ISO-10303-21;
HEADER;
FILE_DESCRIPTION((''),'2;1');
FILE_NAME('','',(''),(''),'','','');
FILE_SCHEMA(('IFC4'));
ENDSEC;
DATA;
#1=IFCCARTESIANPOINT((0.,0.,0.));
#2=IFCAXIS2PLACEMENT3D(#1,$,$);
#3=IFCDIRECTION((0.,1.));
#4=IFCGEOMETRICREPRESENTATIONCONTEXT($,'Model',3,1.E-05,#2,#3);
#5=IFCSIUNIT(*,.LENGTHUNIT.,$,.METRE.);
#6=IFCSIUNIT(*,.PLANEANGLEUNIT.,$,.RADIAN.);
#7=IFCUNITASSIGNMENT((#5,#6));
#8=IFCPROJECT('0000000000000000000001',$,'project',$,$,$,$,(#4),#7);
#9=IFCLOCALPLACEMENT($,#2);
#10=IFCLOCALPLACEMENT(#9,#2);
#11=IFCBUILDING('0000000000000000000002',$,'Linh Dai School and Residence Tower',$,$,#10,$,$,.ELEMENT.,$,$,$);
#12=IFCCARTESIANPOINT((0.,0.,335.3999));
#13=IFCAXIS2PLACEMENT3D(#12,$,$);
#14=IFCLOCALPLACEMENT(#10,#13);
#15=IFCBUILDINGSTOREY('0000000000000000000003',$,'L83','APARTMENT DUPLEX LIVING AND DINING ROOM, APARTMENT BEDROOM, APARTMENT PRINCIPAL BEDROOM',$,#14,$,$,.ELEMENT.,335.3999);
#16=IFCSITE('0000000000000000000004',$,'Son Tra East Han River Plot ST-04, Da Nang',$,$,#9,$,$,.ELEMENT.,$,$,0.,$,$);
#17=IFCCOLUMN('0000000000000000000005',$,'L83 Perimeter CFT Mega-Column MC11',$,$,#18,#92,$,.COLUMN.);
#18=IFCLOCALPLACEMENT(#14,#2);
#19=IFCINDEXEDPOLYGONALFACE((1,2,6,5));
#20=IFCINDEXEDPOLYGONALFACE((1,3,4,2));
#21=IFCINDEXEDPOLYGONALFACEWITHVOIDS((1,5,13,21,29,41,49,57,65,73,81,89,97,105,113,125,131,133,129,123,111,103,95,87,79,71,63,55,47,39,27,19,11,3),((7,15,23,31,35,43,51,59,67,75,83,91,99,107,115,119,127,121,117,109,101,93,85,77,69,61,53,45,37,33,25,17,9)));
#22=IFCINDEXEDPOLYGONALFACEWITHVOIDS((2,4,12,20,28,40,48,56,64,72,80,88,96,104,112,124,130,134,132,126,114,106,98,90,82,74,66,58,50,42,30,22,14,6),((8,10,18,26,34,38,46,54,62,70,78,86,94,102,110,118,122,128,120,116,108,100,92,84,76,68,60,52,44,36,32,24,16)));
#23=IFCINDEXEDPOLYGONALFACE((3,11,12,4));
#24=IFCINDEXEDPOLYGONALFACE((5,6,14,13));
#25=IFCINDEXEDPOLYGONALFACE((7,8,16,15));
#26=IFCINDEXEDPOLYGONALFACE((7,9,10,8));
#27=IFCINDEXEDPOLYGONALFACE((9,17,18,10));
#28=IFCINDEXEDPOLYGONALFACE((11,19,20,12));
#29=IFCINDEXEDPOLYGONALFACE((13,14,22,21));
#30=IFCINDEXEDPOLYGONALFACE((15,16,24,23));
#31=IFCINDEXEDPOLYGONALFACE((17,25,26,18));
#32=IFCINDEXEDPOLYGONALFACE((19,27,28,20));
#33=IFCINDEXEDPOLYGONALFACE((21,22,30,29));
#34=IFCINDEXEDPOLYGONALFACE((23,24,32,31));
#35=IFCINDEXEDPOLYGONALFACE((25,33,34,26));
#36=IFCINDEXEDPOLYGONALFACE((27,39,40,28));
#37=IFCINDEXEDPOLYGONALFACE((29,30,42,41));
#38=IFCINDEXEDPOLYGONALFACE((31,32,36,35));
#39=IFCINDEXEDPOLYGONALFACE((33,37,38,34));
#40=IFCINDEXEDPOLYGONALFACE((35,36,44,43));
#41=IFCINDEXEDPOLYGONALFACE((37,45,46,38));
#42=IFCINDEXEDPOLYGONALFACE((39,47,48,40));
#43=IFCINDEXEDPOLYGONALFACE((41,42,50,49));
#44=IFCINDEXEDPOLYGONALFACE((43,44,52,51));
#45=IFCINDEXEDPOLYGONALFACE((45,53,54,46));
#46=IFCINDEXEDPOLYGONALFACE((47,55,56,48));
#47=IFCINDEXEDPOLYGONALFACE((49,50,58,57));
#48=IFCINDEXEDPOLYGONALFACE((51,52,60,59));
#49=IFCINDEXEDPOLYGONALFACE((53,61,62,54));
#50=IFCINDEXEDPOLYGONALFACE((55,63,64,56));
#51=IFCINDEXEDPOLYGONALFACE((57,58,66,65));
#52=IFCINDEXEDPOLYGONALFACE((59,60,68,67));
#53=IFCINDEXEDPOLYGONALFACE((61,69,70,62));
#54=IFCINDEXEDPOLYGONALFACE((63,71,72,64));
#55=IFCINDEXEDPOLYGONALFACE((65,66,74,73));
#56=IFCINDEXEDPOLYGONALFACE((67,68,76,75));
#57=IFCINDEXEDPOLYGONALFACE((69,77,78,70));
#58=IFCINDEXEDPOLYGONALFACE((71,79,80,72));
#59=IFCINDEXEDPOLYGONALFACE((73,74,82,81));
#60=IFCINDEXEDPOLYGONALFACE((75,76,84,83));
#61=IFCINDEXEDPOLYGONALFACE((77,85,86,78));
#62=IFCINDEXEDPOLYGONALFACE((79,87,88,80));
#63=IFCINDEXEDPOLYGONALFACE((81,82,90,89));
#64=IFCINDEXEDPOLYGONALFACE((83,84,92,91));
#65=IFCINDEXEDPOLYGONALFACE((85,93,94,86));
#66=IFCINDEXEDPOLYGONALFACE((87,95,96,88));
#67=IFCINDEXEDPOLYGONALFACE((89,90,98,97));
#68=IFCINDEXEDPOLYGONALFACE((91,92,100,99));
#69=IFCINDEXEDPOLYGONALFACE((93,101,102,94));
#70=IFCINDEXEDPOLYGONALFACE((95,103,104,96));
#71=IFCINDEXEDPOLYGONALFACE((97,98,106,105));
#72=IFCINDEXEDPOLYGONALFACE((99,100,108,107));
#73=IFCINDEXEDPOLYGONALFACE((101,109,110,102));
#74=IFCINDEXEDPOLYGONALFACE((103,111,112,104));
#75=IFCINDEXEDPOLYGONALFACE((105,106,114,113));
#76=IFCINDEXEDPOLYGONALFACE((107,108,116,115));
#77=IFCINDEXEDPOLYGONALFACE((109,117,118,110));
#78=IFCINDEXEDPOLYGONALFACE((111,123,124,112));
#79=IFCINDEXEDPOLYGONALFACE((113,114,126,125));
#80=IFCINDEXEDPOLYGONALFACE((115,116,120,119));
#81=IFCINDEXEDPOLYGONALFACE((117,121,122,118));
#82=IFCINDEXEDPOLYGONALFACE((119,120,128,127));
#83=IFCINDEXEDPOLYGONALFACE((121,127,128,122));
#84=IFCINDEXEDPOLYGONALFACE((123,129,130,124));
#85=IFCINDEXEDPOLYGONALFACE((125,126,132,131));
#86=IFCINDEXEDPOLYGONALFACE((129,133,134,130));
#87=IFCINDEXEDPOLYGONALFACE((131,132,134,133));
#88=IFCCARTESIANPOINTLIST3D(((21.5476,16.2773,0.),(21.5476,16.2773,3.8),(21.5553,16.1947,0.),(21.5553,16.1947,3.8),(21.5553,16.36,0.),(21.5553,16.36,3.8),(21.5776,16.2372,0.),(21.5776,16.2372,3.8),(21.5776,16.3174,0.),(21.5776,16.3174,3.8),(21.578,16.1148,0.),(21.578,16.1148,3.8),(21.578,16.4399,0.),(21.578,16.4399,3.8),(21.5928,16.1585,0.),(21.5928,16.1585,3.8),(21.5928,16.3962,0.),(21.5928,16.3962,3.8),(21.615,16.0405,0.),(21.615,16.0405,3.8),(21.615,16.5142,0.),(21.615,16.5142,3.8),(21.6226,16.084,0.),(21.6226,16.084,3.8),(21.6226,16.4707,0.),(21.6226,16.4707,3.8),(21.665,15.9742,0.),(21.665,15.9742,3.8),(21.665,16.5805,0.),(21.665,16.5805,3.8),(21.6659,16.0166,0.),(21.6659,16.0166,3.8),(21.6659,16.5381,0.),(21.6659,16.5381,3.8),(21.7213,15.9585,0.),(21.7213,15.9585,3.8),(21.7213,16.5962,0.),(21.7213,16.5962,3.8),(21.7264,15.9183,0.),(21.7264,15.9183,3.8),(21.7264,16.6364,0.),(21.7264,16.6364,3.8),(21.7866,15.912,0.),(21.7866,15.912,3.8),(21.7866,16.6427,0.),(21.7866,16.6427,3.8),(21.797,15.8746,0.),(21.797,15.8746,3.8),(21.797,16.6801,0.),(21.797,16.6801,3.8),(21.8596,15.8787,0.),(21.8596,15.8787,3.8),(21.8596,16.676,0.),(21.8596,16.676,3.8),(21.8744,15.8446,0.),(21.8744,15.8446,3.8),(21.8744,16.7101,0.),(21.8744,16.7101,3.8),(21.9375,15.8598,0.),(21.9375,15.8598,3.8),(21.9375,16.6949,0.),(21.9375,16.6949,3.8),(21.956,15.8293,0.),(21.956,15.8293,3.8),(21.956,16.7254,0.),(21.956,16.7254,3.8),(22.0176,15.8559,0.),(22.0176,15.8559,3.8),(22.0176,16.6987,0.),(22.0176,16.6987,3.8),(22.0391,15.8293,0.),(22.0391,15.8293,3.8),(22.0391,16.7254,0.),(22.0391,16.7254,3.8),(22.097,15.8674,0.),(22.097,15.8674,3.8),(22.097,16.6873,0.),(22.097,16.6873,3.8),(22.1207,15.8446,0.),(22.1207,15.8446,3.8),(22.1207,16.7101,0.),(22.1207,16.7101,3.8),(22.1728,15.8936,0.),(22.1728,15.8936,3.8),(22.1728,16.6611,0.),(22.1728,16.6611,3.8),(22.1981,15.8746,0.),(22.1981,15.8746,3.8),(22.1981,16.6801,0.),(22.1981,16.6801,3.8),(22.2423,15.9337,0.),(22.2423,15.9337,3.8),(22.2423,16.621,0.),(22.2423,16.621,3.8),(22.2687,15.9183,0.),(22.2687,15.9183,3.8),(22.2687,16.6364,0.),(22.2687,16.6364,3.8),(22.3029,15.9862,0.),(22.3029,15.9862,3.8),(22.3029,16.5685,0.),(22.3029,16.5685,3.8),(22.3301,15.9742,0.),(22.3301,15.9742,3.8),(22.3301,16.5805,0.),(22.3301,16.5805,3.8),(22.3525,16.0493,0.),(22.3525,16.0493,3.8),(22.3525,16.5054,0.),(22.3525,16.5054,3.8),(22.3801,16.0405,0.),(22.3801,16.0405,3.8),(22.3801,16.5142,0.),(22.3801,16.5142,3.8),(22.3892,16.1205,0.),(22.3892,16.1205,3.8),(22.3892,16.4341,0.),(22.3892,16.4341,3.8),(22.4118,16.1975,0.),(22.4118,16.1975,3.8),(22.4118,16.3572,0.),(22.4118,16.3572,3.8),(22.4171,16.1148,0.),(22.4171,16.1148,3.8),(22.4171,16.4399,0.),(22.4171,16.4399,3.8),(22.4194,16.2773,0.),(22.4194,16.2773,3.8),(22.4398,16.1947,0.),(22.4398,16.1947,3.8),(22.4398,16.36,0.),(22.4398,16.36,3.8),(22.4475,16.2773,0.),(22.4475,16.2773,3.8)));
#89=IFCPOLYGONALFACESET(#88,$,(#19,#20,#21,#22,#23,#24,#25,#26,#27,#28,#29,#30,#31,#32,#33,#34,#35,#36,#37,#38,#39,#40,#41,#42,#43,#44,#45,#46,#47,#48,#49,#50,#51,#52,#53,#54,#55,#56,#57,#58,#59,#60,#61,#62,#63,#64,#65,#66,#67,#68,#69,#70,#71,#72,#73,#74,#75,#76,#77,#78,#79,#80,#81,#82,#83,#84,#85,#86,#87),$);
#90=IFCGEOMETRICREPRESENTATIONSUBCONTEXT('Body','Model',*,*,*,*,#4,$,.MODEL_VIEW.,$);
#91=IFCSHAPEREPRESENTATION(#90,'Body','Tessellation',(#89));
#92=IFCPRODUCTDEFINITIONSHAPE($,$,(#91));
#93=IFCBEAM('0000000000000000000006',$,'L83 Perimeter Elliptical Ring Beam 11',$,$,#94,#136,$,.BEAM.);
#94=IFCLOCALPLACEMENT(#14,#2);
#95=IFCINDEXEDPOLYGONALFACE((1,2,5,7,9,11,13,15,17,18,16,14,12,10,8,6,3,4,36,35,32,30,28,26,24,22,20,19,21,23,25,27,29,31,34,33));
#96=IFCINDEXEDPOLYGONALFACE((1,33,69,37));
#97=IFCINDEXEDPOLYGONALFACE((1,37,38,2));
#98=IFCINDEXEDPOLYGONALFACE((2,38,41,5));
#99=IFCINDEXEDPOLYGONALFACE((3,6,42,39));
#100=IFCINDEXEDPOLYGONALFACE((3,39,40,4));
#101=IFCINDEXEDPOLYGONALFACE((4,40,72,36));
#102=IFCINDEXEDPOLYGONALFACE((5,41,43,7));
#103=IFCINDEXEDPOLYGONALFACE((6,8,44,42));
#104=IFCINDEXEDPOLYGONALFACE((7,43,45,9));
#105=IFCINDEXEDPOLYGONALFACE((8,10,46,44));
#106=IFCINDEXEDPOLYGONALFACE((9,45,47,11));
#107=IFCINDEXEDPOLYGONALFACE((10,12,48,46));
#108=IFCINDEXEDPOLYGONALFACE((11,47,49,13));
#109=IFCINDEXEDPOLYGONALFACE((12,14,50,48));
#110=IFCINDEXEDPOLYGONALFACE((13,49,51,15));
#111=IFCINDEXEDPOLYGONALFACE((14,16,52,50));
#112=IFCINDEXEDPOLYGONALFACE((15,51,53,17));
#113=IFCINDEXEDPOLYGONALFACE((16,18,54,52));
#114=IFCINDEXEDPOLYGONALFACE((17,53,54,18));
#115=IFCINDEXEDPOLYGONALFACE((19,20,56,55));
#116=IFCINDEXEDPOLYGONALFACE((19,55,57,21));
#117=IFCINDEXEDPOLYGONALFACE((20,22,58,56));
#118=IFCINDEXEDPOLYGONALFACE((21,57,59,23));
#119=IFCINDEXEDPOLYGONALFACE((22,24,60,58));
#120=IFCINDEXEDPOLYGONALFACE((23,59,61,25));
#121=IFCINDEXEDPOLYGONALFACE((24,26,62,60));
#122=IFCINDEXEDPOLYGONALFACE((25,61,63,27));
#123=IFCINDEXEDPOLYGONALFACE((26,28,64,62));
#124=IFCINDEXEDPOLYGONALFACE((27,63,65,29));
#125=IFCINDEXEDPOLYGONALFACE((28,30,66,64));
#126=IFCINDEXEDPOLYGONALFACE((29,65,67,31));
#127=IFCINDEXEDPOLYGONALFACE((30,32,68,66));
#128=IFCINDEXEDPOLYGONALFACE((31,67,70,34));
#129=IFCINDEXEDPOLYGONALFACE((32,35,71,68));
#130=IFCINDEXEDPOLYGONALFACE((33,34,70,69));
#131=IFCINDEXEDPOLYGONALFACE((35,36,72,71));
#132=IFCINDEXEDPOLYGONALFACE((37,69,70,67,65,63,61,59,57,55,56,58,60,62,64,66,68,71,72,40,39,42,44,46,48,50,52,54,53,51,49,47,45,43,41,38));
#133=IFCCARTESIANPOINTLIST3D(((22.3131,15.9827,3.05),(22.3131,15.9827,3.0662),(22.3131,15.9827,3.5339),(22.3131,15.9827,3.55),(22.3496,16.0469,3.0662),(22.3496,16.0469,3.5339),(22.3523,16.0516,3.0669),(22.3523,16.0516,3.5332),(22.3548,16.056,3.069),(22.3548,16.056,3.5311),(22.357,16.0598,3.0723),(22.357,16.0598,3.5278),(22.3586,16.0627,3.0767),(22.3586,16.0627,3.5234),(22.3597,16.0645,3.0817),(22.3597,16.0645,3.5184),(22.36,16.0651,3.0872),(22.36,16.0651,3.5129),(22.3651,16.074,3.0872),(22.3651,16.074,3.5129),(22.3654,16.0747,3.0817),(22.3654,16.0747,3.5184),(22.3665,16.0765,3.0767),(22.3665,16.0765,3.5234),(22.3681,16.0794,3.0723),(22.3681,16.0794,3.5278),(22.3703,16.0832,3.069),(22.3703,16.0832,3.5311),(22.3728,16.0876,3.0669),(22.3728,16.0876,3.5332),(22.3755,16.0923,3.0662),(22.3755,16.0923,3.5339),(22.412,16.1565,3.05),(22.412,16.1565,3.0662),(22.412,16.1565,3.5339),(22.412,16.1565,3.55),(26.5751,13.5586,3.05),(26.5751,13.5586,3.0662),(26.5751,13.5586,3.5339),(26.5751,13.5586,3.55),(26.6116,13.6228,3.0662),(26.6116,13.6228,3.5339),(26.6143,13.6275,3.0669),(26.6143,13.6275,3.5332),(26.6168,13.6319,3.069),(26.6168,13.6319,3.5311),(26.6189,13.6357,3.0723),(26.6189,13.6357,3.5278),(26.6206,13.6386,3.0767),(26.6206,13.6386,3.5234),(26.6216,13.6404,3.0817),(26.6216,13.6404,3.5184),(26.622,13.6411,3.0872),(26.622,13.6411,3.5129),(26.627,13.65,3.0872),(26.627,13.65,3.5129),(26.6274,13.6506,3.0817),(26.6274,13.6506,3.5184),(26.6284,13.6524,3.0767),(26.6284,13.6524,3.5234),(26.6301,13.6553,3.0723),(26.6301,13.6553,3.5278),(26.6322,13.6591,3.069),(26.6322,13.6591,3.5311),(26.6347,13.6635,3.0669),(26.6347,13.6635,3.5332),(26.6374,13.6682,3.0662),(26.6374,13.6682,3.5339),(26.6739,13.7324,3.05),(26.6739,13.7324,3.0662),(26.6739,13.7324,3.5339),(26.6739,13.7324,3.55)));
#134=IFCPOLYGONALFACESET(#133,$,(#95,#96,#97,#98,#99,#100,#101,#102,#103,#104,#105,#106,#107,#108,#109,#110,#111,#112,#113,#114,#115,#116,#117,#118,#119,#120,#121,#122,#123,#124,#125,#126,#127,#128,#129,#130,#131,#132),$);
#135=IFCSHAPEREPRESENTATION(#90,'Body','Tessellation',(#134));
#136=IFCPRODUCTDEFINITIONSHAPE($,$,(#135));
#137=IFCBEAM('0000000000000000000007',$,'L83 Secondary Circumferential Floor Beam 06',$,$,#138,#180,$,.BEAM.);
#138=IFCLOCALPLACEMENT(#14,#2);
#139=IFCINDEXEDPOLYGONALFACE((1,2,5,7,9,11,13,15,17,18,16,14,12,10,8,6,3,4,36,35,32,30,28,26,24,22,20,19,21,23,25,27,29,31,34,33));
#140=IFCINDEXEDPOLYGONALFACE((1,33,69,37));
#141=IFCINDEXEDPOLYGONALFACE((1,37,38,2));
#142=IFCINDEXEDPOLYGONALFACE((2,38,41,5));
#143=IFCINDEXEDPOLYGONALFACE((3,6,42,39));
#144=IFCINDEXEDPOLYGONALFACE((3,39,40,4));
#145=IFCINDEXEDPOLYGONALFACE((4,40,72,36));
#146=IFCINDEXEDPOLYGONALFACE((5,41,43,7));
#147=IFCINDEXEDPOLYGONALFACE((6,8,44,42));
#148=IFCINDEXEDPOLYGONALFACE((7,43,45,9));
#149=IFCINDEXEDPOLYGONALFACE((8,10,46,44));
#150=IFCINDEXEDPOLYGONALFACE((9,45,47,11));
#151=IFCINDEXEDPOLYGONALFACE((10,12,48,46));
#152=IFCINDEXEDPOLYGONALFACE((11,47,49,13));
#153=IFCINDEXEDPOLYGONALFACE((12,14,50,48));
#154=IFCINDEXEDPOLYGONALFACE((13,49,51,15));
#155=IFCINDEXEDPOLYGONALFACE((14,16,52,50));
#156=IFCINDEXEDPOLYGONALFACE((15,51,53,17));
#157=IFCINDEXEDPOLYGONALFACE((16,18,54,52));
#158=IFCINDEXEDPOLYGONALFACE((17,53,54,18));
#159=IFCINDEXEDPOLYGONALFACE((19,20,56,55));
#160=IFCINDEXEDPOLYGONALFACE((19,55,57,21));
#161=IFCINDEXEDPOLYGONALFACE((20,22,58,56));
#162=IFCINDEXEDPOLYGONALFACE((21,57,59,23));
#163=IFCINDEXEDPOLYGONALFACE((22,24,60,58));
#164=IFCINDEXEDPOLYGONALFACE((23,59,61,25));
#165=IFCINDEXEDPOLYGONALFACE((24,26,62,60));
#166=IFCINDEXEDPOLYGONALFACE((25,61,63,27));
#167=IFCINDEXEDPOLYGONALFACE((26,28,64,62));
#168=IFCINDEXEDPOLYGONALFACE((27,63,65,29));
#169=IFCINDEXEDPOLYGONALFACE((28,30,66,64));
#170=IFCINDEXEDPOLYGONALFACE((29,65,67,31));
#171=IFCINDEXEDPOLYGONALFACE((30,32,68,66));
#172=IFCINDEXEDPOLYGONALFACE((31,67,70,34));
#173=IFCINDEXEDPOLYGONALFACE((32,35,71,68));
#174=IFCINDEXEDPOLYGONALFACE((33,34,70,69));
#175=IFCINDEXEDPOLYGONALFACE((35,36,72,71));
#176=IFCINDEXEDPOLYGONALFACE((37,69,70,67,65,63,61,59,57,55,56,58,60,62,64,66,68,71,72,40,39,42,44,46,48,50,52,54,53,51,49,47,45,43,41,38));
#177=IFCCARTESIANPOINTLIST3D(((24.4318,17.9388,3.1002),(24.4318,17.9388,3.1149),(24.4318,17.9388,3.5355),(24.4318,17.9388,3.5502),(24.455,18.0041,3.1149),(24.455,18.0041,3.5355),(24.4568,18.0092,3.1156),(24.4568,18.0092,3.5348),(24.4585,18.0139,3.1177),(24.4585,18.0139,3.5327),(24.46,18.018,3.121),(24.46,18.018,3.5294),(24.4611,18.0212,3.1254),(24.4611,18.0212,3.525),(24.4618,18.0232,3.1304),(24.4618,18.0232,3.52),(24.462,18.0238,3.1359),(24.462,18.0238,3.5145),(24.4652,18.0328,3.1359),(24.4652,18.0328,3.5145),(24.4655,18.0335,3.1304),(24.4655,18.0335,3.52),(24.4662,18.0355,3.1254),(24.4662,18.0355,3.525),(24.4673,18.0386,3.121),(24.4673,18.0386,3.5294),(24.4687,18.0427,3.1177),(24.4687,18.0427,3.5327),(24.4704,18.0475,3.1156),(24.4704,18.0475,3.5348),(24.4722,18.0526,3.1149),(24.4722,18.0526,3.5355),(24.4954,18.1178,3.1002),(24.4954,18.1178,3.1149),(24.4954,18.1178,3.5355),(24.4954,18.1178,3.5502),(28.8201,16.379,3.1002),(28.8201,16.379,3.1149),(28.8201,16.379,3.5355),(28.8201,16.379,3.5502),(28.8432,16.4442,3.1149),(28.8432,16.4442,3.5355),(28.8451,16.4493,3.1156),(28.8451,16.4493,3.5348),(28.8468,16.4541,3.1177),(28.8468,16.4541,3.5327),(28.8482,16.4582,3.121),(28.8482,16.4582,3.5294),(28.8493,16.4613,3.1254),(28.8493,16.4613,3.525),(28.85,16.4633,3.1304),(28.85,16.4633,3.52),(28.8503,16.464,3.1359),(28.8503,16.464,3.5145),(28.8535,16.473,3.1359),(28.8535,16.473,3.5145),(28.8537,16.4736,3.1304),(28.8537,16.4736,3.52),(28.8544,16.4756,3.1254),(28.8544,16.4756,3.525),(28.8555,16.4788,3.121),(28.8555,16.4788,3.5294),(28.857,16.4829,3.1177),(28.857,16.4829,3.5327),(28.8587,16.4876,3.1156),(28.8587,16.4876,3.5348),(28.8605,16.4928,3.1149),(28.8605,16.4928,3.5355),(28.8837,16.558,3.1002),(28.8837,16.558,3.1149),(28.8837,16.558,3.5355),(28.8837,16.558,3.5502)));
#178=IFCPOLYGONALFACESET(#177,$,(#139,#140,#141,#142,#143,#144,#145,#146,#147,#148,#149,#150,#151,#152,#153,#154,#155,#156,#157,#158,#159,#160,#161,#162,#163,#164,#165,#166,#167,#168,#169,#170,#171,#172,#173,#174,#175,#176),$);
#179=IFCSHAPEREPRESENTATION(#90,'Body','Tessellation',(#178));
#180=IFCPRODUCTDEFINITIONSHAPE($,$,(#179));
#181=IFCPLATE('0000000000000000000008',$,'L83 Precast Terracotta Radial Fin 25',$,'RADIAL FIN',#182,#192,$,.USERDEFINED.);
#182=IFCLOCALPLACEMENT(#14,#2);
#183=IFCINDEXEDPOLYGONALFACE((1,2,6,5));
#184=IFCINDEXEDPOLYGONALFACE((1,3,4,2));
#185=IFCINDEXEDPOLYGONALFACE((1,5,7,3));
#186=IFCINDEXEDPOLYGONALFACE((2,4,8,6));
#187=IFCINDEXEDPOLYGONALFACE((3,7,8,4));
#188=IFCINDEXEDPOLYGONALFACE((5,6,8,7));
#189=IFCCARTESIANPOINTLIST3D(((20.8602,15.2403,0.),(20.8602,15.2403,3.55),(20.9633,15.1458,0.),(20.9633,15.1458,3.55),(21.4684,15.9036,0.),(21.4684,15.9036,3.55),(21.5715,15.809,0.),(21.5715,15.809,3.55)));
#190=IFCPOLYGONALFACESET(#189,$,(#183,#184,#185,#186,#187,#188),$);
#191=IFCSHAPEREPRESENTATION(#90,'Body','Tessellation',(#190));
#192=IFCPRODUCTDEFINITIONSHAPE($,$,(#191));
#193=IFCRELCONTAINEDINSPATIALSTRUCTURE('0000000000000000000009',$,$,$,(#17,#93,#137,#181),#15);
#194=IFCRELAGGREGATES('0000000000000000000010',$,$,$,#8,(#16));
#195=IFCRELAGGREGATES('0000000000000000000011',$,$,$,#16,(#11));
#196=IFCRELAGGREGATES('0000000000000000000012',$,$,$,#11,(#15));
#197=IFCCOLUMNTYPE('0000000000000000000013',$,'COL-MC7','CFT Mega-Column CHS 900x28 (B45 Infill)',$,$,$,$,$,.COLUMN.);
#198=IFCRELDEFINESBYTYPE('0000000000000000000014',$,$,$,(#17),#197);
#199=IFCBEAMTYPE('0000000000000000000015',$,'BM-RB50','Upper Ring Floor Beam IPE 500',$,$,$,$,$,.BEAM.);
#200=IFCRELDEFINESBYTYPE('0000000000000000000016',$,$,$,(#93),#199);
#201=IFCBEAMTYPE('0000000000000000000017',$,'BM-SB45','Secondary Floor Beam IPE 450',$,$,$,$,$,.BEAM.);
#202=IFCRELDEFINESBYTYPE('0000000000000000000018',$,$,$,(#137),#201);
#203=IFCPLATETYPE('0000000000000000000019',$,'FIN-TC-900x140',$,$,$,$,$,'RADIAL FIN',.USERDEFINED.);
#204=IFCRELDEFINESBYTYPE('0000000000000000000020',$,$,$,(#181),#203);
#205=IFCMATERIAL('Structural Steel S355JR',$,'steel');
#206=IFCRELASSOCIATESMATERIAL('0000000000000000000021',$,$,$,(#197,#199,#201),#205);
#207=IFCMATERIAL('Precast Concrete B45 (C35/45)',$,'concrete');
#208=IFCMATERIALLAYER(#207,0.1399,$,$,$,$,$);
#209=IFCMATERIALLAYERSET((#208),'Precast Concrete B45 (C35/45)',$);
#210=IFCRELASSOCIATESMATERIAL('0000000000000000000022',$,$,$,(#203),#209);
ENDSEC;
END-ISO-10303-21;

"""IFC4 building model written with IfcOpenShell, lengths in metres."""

from ifc_helpers import new_model, si_unit, direction, frame, origin, origin_2d, place, context, subcontext, project, spatial, rectangle, hollow_circle, i_section, extrude, source, transform, mapped, material, layer, layer_set, material_profile, profile_set, type_object, element, save


model = new_model("IFC4")

# Units and contexts
model_context = context("Model", 3, precision=1e-05, world=origin(), true_north=direction((0.0, 1.0)))
body_context = subcontext(model_context, "Body", "Model", "MODEL_VIEW")
ifc_project = project(units=[si_unit("LENGTHUNIT", "METRE"), si_unit("PLANEANGLEUNIT", "RADIAN")], contexts=[model_context])

# Site, building, storey
site_placement = place(None, origin())
site = spatial("IfcSite", under=ifc_project, at=site_placement, Name="Son Tra East Han River Plot ST-04, Da Nang", CompositionType="ELEMENT", RefElevation=0.0)
building_placement = place(site_placement, origin())
building = spatial("IfcBuilding", under=site, at=building_placement, Name="Linh Dai School and Residence Tower", CompositionType="ELEMENT")
storey_placement = place(building_placement, frame((0.0, 0.0, 335.3999)))
storey = spatial("IfcBuildingStorey", under=building, at=storey_placement, Name="L83", Description="APARTMENT DUPLEX LIVING AND DINING ROOM, APARTMENT BEDROOM, APARTMENT PRINCIPAL BEDROOM", CompositionType="ELEMENT", Elevation=335.3999)

# Column
ifc_material_1 = material(Name="Structural Steel S355JR", Category="steel")
ifc_material_profile_1 = material_profile(ifc_material_1, hollow_circle(Radius=0.45, WallThickness=0.0281, at=origin_2d()), Name="CHS 900x28")
ifc_profile_set_1 = profile_set([ifc_material_profile_1], Name="Structural Steel S355JR")
column_type = type_object("IfcColumnType", Name="COL-MC7", Description="CFT Mega-Column CHS 900x28 (B45 Infill)", PredefinedType="COLUMN", material=ifc_profile_set_1)
column_placement = place(storey_placement, frame((21.9976, 16.2773, 0.0), z_axis=(0.0, 0.0, 1.0), x_axis=(1.0, 0.0, 0.0)))
element("IfcColumn", 1, at=column_placement, inside=storey, type_object=column_type, Name="L83 Perimeter CFT Mega-Column MC11", PredefinedType="COLUMN", context=body_context, shape_type="SweptSolid", body=[
    extrude(hollow_circle(Radius=0.45, WallThickness=0.0281, at=origin_2d()), origin(), (0.0, 0.0, 1.0), 3.8),
])

# Beams
ifc_material_profile_2 = material_profile(ifc_material_1, i_section(OverallWidth=0.2, OverallDepth=0.5, WebThickness=0.0103, FlangeThickness=0.0161, FilletRadius=0.021, at=origin_2d()), Name="IPE 500")
ifc_profile_set_2 = profile_set([ifc_material_profile_2], Name="Structural Steel S355JR")
beam_type_1 = type_object("IfcBeamType", Name="BM-RB50", Description="Upper Ring Floor Beam IPE 500", PredefinedType="BEAM", material=ifc_profile_set_2)
beam_1_placement = place(storey_placement, frame((22.3625, 16.0696, 3.3), z_axis=(0.869237, -0.494395, 0.0), x_axis=(0.494395, 0.869237, 0.0)))
element("IfcBeam", 2, at=beam_1_placement, inside=storey, type_object=beam_type_1, Name="L83 Perimeter Elliptical Ring Beam 11", PredefinedType="BEAM", context=body_context, shape_type="SweptSolid", body=[
    extrude(i_section(OverallWidth=0.2, OverallDepth=0.5, WebThickness=0.0103, FlangeThickness=0.0161, FilletRadius=0.021, at=origin_2d()), origin(), (0.0, 0.0, 1.0), 4.9031),
])
ifc_material_profile_3 = material_profile(ifc_material_1, i_section(OverallWidth=0.1899, OverallDepth=0.45, WebThickness=0.0095, FlangeThickness=0.0146, FilletRadius=0.021, at=origin_2d()), Name="IPE 450")
ifc_profile_set_3 = profile_set([ifc_material_profile_3], Name="Structural Steel S355JR")
beam_type_2 = type_object("IfcBeamType", Name="BM-SB45", Description="Secondary Floor Beam IPE 450", PredefinedType="BEAM", material=ifc_profile_set_3)
beam_2_placement = place(storey_placement, frame((24.4636, 18.0283, 3.3252), z_axis=(0.942244, -0.334928, 0.0), x_axis=(0.334928, 0.942244, 0.0)))
element("IfcBeam", 3, at=beam_2_placement, inside=storey, type_object=beam_type_2, Name="L83 Secondary Circumferential Floor Beam 06", PredefinedType="BEAM", context=body_context, shape_type="SweptSolid", body=[
    extrude(i_section(OverallWidth=0.1899, OverallDepth=0.45, WebThickness=0.0095, FlangeThickness=0.0146, FilletRadius=0.021, at=origin_2d()), origin(), (0.0, 0.0, 1.0), 4.6572),
])

# Plate
ifc_material_2 = material(Name="Precast Concrete B45 (C35/45)", Category="concrete")
ifc_layer_1 = layer(ifc_material_2, 0.1399)
ifc_layer_set_1 = layer_set([ifc_layer_1], Name="Precast Concrete B45 (C35/45)")
plate_type = type_object("IfcPlateType", Name="FIN-TC-900x140", ElementType="RADIAL FIN", PredefinedType="USERDEFINED", material=ifc_layer_set_1)
shared_shape_1 = source(origin(), body_context, "Body", "SweptSolid", [
    extrude(rectangle(XDim=0.8999, YDim=0.1399, at=origin_2d()), origin(), (0.0, 0.0, 1.0), 3.55),
])
plate_placement = place(storey_placement, frame((21.2158, 15.5247, 0.0), z_axis=(0.0, 0.0, 1.0), x_axis=(-0.675841, -0.737048, 0.0)))
element("IfcPlate", 4, at=plate_placement, inside=storey, type_object=plate_type, Name="L83 Precast Terracotta Radial Fin 25", ObjectType="RADIAL FIN", PredefinedType="USERDEFINED", context=body_context, shape_type="MappedRepresentation", body=[
    mapped(shared_shape_1, transform((0.0, 0.0, 0.0), x_axis=(1.0, 0.0, 0.0), y_axis=(0.0, 1.0, 0.0), z_axis=(0.0, 0.0, 1.0), scale=1.0)),
])

save(model, "model.ifc")
